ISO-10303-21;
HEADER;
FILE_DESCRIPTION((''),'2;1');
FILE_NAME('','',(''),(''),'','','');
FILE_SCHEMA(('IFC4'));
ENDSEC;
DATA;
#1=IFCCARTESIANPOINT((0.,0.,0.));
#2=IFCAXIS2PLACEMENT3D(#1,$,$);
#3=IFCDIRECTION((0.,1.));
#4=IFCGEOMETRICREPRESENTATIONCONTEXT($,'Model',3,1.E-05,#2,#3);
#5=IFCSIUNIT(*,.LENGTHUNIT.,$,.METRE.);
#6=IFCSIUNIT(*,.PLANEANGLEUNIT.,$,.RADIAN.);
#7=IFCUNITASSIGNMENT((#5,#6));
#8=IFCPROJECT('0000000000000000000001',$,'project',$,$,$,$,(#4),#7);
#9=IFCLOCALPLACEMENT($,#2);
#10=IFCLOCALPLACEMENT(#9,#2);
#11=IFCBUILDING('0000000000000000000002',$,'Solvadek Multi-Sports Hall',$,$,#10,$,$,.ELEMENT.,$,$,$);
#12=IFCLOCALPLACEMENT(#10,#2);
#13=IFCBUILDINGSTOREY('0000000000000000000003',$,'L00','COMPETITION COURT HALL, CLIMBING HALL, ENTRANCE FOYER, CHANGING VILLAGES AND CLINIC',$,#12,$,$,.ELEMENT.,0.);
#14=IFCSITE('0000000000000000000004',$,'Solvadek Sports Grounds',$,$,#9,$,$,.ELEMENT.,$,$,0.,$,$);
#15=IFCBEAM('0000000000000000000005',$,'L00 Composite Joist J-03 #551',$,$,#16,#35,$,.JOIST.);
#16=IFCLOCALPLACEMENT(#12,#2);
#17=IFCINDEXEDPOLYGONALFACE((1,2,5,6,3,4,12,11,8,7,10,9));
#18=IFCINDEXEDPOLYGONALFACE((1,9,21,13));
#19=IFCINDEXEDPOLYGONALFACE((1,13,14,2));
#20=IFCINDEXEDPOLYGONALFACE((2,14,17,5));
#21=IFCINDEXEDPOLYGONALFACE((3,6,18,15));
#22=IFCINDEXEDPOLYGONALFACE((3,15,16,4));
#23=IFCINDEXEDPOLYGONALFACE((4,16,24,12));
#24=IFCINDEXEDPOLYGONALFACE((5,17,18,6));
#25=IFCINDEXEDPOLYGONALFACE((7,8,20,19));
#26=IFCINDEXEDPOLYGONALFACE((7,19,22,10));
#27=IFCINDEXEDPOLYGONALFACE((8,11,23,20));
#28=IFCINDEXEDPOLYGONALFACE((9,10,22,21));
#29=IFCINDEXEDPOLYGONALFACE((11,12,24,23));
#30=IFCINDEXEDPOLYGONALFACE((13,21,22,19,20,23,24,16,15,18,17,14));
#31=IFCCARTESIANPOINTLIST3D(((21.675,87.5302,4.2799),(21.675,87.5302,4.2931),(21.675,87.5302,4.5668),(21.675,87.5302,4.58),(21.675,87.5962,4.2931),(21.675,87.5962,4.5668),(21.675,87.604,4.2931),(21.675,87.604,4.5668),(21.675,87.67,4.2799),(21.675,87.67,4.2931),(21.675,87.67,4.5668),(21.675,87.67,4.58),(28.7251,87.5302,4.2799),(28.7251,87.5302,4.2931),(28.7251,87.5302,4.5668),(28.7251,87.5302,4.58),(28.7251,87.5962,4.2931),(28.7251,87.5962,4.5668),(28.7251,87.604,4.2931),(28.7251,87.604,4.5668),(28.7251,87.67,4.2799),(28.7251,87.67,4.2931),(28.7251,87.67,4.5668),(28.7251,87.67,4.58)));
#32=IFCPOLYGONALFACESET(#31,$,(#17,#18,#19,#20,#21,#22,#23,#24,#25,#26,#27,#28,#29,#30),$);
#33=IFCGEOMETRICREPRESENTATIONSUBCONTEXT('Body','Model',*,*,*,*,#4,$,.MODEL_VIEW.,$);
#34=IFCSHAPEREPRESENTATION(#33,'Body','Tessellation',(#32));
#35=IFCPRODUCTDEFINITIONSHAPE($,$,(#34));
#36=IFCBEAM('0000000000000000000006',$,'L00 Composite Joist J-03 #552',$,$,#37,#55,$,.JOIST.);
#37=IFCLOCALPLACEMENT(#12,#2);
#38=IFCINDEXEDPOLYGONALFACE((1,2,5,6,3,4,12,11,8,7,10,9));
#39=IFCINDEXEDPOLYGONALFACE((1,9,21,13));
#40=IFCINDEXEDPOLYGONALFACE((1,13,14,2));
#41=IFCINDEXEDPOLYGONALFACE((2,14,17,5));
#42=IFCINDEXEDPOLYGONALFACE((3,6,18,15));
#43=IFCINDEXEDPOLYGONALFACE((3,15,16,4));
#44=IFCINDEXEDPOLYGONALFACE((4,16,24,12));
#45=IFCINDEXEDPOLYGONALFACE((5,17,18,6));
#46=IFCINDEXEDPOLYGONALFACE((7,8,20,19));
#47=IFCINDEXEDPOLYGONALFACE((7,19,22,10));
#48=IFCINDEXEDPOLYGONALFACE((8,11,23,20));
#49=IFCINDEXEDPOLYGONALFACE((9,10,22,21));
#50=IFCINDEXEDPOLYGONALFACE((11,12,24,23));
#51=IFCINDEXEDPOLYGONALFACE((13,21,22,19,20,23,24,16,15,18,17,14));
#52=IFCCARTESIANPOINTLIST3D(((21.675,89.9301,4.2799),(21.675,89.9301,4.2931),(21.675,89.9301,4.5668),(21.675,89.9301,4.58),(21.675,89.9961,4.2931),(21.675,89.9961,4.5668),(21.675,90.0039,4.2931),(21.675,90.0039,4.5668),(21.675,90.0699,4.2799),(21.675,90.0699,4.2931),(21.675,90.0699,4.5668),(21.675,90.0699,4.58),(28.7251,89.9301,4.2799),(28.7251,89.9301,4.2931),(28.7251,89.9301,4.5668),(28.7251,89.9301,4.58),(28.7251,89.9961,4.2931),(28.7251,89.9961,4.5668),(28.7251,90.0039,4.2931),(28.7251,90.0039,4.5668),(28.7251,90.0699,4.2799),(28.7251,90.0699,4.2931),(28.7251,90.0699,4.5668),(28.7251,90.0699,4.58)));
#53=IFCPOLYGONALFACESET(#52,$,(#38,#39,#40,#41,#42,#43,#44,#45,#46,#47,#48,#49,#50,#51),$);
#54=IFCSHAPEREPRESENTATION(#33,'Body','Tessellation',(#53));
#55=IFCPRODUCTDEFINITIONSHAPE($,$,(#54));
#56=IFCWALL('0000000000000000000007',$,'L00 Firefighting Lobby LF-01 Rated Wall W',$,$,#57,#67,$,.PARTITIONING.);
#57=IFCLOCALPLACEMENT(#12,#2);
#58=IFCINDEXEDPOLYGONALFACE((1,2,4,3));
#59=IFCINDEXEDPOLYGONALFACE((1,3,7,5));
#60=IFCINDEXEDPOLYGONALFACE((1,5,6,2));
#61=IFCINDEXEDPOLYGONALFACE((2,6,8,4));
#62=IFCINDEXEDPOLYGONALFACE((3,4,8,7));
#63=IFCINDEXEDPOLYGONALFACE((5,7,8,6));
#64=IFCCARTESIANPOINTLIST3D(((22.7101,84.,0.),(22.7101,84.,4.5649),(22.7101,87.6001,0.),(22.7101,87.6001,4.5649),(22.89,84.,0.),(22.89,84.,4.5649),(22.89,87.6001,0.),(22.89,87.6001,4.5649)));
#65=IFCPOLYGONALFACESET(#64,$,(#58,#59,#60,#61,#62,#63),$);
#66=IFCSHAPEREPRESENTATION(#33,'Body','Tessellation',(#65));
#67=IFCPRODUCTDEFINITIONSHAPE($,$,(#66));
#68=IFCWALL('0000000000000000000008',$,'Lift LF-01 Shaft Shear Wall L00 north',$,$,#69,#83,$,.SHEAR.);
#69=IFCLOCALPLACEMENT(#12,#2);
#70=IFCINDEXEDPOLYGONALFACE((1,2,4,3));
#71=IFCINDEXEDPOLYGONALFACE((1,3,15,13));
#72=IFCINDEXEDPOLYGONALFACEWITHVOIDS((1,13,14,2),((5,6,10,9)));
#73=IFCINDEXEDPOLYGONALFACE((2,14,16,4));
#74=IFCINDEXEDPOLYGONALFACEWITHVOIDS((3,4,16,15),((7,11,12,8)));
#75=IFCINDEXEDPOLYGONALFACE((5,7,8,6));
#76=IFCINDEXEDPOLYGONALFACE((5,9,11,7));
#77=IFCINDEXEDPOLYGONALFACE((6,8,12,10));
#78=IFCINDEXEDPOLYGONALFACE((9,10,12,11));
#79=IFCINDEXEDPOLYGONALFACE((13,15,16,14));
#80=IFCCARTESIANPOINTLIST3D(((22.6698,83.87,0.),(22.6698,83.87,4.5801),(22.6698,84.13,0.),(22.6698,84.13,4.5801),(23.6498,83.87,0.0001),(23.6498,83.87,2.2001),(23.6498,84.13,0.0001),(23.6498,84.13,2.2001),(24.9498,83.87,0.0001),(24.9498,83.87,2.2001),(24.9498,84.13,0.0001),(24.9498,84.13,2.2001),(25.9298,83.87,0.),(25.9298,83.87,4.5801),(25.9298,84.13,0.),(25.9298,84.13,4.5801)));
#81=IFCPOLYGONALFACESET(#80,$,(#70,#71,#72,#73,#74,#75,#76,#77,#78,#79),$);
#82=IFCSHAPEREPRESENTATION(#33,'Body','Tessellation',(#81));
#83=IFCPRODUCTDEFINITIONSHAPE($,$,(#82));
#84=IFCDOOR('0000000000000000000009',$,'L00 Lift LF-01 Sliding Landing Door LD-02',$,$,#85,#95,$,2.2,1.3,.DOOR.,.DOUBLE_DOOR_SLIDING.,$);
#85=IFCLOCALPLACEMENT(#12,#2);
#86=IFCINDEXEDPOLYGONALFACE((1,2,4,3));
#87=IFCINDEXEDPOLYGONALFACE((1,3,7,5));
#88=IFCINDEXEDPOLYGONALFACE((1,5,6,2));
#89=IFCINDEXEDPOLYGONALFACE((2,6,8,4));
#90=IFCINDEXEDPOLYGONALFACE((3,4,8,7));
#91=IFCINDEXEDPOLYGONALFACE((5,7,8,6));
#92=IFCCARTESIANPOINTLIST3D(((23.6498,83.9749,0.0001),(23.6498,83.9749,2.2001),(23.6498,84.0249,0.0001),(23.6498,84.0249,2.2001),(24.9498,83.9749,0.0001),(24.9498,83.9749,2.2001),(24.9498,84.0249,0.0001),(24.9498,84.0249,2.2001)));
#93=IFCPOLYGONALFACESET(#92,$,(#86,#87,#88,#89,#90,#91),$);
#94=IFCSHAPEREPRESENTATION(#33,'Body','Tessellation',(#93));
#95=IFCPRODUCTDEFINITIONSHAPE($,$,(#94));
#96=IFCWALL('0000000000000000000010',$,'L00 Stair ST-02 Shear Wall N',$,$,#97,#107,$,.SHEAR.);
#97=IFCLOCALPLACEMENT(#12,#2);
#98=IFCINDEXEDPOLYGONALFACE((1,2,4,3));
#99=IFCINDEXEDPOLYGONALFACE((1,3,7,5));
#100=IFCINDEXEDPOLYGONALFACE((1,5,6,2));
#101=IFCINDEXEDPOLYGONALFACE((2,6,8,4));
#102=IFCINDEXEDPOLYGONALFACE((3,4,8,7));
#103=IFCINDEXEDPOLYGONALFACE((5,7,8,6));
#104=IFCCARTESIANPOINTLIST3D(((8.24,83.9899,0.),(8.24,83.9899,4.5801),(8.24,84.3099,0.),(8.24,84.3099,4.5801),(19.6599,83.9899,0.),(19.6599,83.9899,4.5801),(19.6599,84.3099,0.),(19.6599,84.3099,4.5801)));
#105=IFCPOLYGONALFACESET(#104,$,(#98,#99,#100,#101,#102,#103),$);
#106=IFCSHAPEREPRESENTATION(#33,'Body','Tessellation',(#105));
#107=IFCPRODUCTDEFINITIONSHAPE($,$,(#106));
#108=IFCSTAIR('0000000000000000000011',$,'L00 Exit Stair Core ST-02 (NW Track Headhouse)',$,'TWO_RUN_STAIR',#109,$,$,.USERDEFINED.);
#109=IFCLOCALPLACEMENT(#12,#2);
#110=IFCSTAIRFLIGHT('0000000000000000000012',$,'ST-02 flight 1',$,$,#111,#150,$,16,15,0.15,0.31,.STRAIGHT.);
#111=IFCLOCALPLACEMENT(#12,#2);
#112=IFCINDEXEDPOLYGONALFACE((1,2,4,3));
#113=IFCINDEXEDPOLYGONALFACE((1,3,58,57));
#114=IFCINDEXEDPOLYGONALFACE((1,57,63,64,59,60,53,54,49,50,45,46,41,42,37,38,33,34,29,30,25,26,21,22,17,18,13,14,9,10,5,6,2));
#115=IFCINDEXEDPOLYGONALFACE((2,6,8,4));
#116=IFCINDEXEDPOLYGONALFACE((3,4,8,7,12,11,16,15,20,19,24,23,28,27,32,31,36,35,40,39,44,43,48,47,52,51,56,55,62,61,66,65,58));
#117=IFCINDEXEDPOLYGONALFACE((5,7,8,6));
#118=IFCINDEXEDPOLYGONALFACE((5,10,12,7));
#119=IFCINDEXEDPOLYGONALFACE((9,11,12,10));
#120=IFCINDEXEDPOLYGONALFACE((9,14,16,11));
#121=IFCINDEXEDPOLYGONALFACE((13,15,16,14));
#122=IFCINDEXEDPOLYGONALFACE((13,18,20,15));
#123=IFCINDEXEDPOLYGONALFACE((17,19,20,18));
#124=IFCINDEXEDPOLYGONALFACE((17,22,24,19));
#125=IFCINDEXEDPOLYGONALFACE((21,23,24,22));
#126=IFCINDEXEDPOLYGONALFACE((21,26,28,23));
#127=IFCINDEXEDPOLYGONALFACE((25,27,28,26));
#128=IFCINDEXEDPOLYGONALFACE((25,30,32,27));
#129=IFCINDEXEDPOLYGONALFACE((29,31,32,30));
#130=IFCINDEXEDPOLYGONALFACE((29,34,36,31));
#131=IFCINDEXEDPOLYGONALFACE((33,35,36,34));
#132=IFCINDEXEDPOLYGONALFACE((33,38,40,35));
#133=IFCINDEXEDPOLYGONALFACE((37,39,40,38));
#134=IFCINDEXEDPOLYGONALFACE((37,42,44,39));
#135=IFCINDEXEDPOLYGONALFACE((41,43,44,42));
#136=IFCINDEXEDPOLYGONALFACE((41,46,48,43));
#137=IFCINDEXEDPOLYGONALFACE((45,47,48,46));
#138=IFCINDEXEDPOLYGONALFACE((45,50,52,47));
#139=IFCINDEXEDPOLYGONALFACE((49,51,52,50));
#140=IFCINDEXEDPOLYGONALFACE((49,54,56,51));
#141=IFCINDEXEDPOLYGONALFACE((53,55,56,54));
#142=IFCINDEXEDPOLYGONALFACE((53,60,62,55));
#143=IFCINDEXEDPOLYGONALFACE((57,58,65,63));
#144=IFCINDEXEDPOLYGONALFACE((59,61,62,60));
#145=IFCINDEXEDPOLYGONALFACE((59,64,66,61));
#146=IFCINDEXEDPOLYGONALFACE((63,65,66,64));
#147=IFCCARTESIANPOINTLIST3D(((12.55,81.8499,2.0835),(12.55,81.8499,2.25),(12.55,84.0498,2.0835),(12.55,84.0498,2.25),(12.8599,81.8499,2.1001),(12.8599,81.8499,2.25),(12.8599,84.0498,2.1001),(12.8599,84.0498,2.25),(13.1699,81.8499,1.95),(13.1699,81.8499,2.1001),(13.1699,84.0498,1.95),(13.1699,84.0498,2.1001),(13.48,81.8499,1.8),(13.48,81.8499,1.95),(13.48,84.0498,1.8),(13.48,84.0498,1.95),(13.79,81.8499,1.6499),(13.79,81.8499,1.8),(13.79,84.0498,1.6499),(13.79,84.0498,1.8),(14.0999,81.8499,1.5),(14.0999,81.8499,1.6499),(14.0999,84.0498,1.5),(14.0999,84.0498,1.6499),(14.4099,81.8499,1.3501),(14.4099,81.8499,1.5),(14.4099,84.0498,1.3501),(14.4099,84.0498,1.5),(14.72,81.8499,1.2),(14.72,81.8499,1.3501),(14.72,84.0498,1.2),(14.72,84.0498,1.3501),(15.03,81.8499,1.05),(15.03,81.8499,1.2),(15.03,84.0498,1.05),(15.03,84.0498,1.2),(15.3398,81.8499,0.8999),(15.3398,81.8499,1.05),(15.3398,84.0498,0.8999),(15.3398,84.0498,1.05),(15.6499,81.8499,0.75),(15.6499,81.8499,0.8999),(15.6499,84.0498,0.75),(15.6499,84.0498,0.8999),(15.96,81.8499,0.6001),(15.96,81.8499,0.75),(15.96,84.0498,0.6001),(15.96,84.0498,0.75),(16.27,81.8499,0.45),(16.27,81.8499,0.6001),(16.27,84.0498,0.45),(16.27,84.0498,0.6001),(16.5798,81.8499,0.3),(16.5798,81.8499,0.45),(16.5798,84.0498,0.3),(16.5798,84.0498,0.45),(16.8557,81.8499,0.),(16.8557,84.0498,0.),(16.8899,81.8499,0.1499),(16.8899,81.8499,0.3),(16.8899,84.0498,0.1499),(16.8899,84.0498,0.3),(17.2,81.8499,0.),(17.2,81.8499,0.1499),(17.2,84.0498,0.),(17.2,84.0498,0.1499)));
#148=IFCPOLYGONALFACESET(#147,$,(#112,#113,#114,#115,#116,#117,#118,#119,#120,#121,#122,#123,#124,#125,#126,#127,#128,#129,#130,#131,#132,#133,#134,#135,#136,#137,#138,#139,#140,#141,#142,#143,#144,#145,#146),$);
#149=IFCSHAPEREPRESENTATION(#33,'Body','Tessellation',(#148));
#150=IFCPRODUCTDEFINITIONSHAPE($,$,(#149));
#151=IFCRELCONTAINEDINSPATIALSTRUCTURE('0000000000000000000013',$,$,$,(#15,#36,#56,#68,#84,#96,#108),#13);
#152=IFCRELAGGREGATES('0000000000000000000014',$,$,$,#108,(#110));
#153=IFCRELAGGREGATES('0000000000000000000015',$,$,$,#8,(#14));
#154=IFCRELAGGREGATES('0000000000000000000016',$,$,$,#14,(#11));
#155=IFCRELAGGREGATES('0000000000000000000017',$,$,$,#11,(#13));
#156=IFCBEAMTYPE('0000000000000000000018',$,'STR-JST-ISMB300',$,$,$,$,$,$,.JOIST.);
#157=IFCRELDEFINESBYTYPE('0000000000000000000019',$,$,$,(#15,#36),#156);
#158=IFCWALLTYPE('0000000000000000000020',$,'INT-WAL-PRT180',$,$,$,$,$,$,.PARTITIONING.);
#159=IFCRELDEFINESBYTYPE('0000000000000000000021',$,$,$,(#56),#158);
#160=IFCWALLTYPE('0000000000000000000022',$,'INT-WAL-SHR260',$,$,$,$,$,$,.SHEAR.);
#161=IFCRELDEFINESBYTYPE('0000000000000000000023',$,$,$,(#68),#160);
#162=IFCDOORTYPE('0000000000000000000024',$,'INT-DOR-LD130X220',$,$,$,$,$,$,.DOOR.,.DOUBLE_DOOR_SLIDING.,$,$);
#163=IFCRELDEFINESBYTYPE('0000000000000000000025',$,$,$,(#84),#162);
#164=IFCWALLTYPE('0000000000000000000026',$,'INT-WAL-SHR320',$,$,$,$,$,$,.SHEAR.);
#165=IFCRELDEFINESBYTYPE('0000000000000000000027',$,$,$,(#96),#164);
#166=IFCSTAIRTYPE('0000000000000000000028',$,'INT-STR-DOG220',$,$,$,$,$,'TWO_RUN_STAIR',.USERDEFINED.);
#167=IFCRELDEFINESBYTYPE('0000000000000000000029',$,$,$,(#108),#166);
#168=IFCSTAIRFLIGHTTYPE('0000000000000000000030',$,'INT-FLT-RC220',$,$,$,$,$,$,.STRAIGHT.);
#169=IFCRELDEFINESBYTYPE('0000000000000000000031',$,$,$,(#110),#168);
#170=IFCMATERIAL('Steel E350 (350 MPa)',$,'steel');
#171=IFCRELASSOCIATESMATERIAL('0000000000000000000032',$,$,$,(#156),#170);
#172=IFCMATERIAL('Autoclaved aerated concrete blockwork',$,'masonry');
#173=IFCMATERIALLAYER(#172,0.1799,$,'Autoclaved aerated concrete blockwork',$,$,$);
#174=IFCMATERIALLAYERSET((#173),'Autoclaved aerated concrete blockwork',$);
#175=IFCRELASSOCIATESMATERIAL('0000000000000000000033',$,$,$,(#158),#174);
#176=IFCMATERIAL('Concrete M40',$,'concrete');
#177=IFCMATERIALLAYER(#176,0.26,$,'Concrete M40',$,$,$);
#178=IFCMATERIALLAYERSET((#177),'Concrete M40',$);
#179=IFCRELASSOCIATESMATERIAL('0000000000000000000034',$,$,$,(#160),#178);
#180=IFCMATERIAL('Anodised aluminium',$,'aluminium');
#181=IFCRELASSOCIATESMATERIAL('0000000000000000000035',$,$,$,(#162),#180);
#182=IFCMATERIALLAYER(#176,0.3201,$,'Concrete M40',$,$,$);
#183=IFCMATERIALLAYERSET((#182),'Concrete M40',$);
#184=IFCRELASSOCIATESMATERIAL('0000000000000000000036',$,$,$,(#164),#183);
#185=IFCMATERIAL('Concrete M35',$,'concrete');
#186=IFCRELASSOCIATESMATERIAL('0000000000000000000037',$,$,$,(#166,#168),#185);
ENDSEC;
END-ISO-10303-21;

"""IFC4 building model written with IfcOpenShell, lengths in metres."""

from ifc_helpers import new_model, si_unit, direction, frame, frame_2d, origin, origin_2d, place, context, subcontext, project, spatial, polyline, rectangle, i_section, outline, extrude, material, layer, layer_set, material_profile, profile_set, type_object, element, fill, aggregate, save


model = new_model("IFC4")

# Units and contexts
model_context = context("Model", 3, precision=1e-05, world=origin(), true_north=direction((0.0, 1.0)))
body_context = subcontext(model_context, "Body", "Model", "MODEL_VIEW")
ifc_project = project(units=[si_unit("LENGTHUNIT", "METRE"), si_unit("PLANEANGLEUNIT", "RADIAN")], contexts=[model_context])

# Site, building, storey
site_placement = place(None, origin())
site = spatial("IfcSite", under=ifc_project, at=site_placement, Name="Solvadek Sports Grounds", CompositionType="ELEMENT", RefElevation=0.0)
building_placement = place(site_placement, origin())
building = spatial("IfcBuilding", under=site, at=building_placement, Name="Solvadek Multi-Sports Hall", CompositionType="ELEMENT")
storey_placement = place(building_placement, origin())
storey = spatial("IfcBuildingStorey", under=building, at=storey_placement, Name="L00", Description="COMPETITION COURT HALL, CLIMBING HALL, ENTRANCE FOYER, CHANGING VILLAGES AND CLINIC", CompositionType="ELEMENT", Elevation=0.0)

# Shared definitions
ifc_material_1 = material(Name="Steel E350 (350 MPa)", Category="steel")

# Beams
ifc_material_profile_1 = material_profile(ifc_material_1, i_section(OverallWidth=0.1399, OverallDepth=0.3, WebThickness=0.0078, FlangeThickness=0.0132, at=origin_2d()), Name="ISMB 300")
ifc_profile_set_1 = profile_set([ifc_material_profile_1], Name="Steel E350 (350 MPa)")
beam_type_1 = type_object("IfcBeamType", Name="STR-JST-ISMB300", PredefinedType="JOIST", material=ifc_profile_set_1)
for number, where, z_axis, x_axis, name in (
    (1, (21.675, 87.6001, 4.4299), (1.0, 0.0, 0.0), (0.0, 1.0, 0.0), "L00 Composite Joist J-03 #551"),
    (2, (21.675, 90.0, 4.4299), (1.0, 0.0, 0.0), (0.0, 1.0, 0.0), "L00 Composite Joist J-03 #552"),
):
    element("IfcBeam", number, at=place(storey_placement, frame(where, z_axis=z_axis, x_axis=x_axis)), inside=storey, type_object=beam_type_1, Name=name, PredefinedType="JOIST", context=body_context, shape_type="SweptSolid", body=[
        extrude(i_section(OverallWidth=0.1399, OverallDepth=0.3, WebThickness=0.0078, FlangeThickness=0.0132, at=origin_2d()), origin(), (0.0, 0.0, 1.0), 7.05),
    ])

# Shared definitions
ifc_material_2 = material(Name="Autoclaved aerated concrete blockwork", Category="masonry")
ifc_layer_1 = layer(ifc_material_2, 0.1799, Name="Autoclaved aerated concrete blockwork")
ifc_layer_set_1 = layer_set([ifc_layer_1], Name="Autoclaved aerated concrete blockwork")
wall_type_1 = type_object("IfcWallType", Name="INT-WAL-PRT180", PredefinedType="PARTITIONING", material=ifc_layer_set_1)

# Wall
wall_1_placement = place(storey_placement, frame((22.8, 84.0, 0.0), z_axis=(0.0, 0.0, 1.0), x_axis=(0.0, 1.0, 0.0)))
element("IfcWall", 3, at=wall_1_placement, inside=storey, type_object=wall_type_1, Name="L00 Firefighting Lobby LF-01 Rated Wall W", PredefinedType="PARTITIONING", context=body_context, shape_type="SweptSolid", body=[
    extrude(rectangle(XDim=3.6001, YDim=0.1799, at=frame_2d((1.8, 0.0))), origin(), (0.0, 0.0, 1.0), 4.5649),
])

# Wall, opening, door
ifc_material_3 = material(Name="Concrete M40", Category="concrete")
ifc_layer_2 = layer(ifc_material_3, 0.26, Name="Concrete M40")
ifc_layer_set_2 = layer_set([ifc_layer_2], Name="Concrete M40")
wall_type_2 = type_object("IfcWallType", Name="INT-WAL-SHR260", PredefinedType="SHEAR", material=ifc_layer_set_2)
wall_2_placement = place(storey_placement, frame((22.6699, 84.0, 0.0), z_axis=(0.0, 0.0, 1.0), x_axis=(1.0, 0.0, 0.0)))
wall_2 = element("IfcWall", 4, at=wall_2_placement, inside=storey, type_object=wall_type_2, Name="Lift LF-01 Shaft Shear Wall L00 north", PredefinedType="SHEAR", context=body_context, shape_type="SweptSolid", body=[
    extrude(rectangle(XDim=3.26, YDim=0.26, at=frame_2d((1.6299, 0.0))), origin(), (0.0, 0.0, 1.0), 4.5801),
])
opening_1_placement = place(wall_2_placement, frame((0.98, 0.0, 0.0)))
opening_1 = element("IfcOpeningElement", 5, at=opening_1_placement, cuts=wall_2, PredefinedType="OPENING", context=body_context, shape_type="SweptSolid", body=[
    extrude(rectangle(XDim=1.3, YDim=2.2, at=frame_2d((0.6499, 1.1001))), frame((0.0, 0.1399, 0.0), z_axis=(0.0, -1.0, 0.0), x_axis=(1.0, 0.0, 0.0)), (0.0, 0.0, 1.0), 0.28),
])
ifc_material_4 = material(Name="Anodised aluminium", Category="aluminium")
door_type_1 = type_object("IfcDoorType", Name="INT-DOR-LD130X220", OperationType="DOUBLE_DOOR_SLIDING", PredefinedType="DOOR", material=ifc_material_4)
door_1_placement = place(opening_1_placement, origin())
door_1 = element("IfcDoor", 6, at=door_1_placement, inside=storey, type_object=door_type_1, Name="L00 Lift LF-01 Sliding Landing Door LD-02", OperationType="DOUBLE_DOOR_SLIDING", OverallHeight=2.2, OverallWidth=1.3, PredefinedType="DOOR", context=body_context, shape_type="SweptSolid", body=[
    extrude(rectangle(XDim=1.3, YDim=2.2, at=frame_2d((0.6499, 1.1001))), frame((0.0, 0.0249, 0.0), z_axis=(0.0, -1.0, 0.0), x_axis=(1.0, 0.0, 0.0)), (0.0, 0.0, 1.0), 0.05),
])
fill(opening_1, door_1)

# Wall
ifc_layer_3 = layer(ifc_material_3, 0.3201, Name="Concrete M40")
ifc_layer_set_3 = layer_set([ifc_layer_3], Name="Concrete M40")
wall_type_3 = type_object("IfcWallType", Name="INT-WAL-SHR320", PredefinedType="SHEAR", material=ifc_layer_set_3)
wall_3_placement = place(storey_placement, frame((8.24, 84.1499, 0.0), z_axis=(0.0, 0.0, 1.0), x_axis=(1.0, 0.0, 0.0)))
element("IfcWall", 7, at=wall_3_placement, inside=storey, type_object=wall_type_3, Name="L00 Stair ST-02 Shear Wall N", PredefinedType="SHEAR", context=body_context, shape_type="SweptSolid", body=[
    extrude(rectangle(XDim=11.4199, YDim=0.3201, at=frame_2d((5.71, 0.0))), origin(), (0.0, 0.0, 1.0), 4.5801),
])

# Stair, stair flight
ifc_material_5 = material(Name="Concrete M35", Category="concrete")
stair_type = type_object("IfcStairType", Name="INT-STR-DOG220", ElementType="TWO_RUN_STAIR", PredefinedType="USERDEFINED", material=ifc_material_5)
stair_placement = place(storey_placement, origin())
stair = element("IfcStair", 8, at=stair_placement, inside=storey, type_object=stair_type, Name="L00 Exit Stair Core ST-02 (NW Track Headhouse)", ObjectType="TWO_RUN_STAIR", PredefinedType="USERDEFINED")
stair_flight_type = type_object("IfcStairFlightType", Name="INT-FLT-RC220", PredefinedType="STRAIGHT", material=ifc_material_5)
stair_flight_placement = place(storey_placement, frame((17.2, 82.95, 0.0), z_axis=(0.0, 0.0, 1.0), x_axis=(-1.0, 0.0, 0.0)))
stair_flight = element("IfcStairFlight", 9, at=stair_flight_placement, type_object=stair_flight_type, Name="ST-02 flight 1", NumberOfRisers=16, NumberOfTreads=15, PredefinedType="STRAIGHT", RiserHeight=0.15, TreadLength=0.31, context=body_context, shape_type="SweptSolid", body=[
    extrude(outline(polyline([(0.0, 0.0), (0.0, 0.1499), (0.3101, 0.1499), (0.3101, 0.3), (0.6201, 0.3), (0.6201, 0.45), (0.9299, 0.45), (0.9299, 0.6001), (1.24, 0.6001), (1.24, 0.75), (1.55, 0.75), (1.55, 0.8999), (1.8601, 0.8999), (1.8601, 1.05), (2.1699, 1.05), (2.1699, 1.2), (2.48, 1.2), (2.48, 1.3501), (2.79, 1.3501), (2.79, 1.5), (3.1001, 1.5), (3.1001, 1.6499), (3.4099, 1.6499), (3.4099, 1.8), (3.72, 1.8), (3.72, 1.95), (4.03, 1.95), (4.03, 2.1001), (4.3401, 2.1001), (4.3401, 2.25), (4.6499, 2.25), (4.6499, 2.3999), (4.6499, 2.0835), (0.3442, 0.0), (0.0, 0.0)])), frame((0.0, 1.1001, 0.0), z_axis=(0.0, -1.0, 0.0), x_axis=(1.0, 0.0, 0.0)), (0.0, 0.0, 1.0), 2.2),
])
aggregate(stair, [stair_flight])

save(model, "model.ifc")
